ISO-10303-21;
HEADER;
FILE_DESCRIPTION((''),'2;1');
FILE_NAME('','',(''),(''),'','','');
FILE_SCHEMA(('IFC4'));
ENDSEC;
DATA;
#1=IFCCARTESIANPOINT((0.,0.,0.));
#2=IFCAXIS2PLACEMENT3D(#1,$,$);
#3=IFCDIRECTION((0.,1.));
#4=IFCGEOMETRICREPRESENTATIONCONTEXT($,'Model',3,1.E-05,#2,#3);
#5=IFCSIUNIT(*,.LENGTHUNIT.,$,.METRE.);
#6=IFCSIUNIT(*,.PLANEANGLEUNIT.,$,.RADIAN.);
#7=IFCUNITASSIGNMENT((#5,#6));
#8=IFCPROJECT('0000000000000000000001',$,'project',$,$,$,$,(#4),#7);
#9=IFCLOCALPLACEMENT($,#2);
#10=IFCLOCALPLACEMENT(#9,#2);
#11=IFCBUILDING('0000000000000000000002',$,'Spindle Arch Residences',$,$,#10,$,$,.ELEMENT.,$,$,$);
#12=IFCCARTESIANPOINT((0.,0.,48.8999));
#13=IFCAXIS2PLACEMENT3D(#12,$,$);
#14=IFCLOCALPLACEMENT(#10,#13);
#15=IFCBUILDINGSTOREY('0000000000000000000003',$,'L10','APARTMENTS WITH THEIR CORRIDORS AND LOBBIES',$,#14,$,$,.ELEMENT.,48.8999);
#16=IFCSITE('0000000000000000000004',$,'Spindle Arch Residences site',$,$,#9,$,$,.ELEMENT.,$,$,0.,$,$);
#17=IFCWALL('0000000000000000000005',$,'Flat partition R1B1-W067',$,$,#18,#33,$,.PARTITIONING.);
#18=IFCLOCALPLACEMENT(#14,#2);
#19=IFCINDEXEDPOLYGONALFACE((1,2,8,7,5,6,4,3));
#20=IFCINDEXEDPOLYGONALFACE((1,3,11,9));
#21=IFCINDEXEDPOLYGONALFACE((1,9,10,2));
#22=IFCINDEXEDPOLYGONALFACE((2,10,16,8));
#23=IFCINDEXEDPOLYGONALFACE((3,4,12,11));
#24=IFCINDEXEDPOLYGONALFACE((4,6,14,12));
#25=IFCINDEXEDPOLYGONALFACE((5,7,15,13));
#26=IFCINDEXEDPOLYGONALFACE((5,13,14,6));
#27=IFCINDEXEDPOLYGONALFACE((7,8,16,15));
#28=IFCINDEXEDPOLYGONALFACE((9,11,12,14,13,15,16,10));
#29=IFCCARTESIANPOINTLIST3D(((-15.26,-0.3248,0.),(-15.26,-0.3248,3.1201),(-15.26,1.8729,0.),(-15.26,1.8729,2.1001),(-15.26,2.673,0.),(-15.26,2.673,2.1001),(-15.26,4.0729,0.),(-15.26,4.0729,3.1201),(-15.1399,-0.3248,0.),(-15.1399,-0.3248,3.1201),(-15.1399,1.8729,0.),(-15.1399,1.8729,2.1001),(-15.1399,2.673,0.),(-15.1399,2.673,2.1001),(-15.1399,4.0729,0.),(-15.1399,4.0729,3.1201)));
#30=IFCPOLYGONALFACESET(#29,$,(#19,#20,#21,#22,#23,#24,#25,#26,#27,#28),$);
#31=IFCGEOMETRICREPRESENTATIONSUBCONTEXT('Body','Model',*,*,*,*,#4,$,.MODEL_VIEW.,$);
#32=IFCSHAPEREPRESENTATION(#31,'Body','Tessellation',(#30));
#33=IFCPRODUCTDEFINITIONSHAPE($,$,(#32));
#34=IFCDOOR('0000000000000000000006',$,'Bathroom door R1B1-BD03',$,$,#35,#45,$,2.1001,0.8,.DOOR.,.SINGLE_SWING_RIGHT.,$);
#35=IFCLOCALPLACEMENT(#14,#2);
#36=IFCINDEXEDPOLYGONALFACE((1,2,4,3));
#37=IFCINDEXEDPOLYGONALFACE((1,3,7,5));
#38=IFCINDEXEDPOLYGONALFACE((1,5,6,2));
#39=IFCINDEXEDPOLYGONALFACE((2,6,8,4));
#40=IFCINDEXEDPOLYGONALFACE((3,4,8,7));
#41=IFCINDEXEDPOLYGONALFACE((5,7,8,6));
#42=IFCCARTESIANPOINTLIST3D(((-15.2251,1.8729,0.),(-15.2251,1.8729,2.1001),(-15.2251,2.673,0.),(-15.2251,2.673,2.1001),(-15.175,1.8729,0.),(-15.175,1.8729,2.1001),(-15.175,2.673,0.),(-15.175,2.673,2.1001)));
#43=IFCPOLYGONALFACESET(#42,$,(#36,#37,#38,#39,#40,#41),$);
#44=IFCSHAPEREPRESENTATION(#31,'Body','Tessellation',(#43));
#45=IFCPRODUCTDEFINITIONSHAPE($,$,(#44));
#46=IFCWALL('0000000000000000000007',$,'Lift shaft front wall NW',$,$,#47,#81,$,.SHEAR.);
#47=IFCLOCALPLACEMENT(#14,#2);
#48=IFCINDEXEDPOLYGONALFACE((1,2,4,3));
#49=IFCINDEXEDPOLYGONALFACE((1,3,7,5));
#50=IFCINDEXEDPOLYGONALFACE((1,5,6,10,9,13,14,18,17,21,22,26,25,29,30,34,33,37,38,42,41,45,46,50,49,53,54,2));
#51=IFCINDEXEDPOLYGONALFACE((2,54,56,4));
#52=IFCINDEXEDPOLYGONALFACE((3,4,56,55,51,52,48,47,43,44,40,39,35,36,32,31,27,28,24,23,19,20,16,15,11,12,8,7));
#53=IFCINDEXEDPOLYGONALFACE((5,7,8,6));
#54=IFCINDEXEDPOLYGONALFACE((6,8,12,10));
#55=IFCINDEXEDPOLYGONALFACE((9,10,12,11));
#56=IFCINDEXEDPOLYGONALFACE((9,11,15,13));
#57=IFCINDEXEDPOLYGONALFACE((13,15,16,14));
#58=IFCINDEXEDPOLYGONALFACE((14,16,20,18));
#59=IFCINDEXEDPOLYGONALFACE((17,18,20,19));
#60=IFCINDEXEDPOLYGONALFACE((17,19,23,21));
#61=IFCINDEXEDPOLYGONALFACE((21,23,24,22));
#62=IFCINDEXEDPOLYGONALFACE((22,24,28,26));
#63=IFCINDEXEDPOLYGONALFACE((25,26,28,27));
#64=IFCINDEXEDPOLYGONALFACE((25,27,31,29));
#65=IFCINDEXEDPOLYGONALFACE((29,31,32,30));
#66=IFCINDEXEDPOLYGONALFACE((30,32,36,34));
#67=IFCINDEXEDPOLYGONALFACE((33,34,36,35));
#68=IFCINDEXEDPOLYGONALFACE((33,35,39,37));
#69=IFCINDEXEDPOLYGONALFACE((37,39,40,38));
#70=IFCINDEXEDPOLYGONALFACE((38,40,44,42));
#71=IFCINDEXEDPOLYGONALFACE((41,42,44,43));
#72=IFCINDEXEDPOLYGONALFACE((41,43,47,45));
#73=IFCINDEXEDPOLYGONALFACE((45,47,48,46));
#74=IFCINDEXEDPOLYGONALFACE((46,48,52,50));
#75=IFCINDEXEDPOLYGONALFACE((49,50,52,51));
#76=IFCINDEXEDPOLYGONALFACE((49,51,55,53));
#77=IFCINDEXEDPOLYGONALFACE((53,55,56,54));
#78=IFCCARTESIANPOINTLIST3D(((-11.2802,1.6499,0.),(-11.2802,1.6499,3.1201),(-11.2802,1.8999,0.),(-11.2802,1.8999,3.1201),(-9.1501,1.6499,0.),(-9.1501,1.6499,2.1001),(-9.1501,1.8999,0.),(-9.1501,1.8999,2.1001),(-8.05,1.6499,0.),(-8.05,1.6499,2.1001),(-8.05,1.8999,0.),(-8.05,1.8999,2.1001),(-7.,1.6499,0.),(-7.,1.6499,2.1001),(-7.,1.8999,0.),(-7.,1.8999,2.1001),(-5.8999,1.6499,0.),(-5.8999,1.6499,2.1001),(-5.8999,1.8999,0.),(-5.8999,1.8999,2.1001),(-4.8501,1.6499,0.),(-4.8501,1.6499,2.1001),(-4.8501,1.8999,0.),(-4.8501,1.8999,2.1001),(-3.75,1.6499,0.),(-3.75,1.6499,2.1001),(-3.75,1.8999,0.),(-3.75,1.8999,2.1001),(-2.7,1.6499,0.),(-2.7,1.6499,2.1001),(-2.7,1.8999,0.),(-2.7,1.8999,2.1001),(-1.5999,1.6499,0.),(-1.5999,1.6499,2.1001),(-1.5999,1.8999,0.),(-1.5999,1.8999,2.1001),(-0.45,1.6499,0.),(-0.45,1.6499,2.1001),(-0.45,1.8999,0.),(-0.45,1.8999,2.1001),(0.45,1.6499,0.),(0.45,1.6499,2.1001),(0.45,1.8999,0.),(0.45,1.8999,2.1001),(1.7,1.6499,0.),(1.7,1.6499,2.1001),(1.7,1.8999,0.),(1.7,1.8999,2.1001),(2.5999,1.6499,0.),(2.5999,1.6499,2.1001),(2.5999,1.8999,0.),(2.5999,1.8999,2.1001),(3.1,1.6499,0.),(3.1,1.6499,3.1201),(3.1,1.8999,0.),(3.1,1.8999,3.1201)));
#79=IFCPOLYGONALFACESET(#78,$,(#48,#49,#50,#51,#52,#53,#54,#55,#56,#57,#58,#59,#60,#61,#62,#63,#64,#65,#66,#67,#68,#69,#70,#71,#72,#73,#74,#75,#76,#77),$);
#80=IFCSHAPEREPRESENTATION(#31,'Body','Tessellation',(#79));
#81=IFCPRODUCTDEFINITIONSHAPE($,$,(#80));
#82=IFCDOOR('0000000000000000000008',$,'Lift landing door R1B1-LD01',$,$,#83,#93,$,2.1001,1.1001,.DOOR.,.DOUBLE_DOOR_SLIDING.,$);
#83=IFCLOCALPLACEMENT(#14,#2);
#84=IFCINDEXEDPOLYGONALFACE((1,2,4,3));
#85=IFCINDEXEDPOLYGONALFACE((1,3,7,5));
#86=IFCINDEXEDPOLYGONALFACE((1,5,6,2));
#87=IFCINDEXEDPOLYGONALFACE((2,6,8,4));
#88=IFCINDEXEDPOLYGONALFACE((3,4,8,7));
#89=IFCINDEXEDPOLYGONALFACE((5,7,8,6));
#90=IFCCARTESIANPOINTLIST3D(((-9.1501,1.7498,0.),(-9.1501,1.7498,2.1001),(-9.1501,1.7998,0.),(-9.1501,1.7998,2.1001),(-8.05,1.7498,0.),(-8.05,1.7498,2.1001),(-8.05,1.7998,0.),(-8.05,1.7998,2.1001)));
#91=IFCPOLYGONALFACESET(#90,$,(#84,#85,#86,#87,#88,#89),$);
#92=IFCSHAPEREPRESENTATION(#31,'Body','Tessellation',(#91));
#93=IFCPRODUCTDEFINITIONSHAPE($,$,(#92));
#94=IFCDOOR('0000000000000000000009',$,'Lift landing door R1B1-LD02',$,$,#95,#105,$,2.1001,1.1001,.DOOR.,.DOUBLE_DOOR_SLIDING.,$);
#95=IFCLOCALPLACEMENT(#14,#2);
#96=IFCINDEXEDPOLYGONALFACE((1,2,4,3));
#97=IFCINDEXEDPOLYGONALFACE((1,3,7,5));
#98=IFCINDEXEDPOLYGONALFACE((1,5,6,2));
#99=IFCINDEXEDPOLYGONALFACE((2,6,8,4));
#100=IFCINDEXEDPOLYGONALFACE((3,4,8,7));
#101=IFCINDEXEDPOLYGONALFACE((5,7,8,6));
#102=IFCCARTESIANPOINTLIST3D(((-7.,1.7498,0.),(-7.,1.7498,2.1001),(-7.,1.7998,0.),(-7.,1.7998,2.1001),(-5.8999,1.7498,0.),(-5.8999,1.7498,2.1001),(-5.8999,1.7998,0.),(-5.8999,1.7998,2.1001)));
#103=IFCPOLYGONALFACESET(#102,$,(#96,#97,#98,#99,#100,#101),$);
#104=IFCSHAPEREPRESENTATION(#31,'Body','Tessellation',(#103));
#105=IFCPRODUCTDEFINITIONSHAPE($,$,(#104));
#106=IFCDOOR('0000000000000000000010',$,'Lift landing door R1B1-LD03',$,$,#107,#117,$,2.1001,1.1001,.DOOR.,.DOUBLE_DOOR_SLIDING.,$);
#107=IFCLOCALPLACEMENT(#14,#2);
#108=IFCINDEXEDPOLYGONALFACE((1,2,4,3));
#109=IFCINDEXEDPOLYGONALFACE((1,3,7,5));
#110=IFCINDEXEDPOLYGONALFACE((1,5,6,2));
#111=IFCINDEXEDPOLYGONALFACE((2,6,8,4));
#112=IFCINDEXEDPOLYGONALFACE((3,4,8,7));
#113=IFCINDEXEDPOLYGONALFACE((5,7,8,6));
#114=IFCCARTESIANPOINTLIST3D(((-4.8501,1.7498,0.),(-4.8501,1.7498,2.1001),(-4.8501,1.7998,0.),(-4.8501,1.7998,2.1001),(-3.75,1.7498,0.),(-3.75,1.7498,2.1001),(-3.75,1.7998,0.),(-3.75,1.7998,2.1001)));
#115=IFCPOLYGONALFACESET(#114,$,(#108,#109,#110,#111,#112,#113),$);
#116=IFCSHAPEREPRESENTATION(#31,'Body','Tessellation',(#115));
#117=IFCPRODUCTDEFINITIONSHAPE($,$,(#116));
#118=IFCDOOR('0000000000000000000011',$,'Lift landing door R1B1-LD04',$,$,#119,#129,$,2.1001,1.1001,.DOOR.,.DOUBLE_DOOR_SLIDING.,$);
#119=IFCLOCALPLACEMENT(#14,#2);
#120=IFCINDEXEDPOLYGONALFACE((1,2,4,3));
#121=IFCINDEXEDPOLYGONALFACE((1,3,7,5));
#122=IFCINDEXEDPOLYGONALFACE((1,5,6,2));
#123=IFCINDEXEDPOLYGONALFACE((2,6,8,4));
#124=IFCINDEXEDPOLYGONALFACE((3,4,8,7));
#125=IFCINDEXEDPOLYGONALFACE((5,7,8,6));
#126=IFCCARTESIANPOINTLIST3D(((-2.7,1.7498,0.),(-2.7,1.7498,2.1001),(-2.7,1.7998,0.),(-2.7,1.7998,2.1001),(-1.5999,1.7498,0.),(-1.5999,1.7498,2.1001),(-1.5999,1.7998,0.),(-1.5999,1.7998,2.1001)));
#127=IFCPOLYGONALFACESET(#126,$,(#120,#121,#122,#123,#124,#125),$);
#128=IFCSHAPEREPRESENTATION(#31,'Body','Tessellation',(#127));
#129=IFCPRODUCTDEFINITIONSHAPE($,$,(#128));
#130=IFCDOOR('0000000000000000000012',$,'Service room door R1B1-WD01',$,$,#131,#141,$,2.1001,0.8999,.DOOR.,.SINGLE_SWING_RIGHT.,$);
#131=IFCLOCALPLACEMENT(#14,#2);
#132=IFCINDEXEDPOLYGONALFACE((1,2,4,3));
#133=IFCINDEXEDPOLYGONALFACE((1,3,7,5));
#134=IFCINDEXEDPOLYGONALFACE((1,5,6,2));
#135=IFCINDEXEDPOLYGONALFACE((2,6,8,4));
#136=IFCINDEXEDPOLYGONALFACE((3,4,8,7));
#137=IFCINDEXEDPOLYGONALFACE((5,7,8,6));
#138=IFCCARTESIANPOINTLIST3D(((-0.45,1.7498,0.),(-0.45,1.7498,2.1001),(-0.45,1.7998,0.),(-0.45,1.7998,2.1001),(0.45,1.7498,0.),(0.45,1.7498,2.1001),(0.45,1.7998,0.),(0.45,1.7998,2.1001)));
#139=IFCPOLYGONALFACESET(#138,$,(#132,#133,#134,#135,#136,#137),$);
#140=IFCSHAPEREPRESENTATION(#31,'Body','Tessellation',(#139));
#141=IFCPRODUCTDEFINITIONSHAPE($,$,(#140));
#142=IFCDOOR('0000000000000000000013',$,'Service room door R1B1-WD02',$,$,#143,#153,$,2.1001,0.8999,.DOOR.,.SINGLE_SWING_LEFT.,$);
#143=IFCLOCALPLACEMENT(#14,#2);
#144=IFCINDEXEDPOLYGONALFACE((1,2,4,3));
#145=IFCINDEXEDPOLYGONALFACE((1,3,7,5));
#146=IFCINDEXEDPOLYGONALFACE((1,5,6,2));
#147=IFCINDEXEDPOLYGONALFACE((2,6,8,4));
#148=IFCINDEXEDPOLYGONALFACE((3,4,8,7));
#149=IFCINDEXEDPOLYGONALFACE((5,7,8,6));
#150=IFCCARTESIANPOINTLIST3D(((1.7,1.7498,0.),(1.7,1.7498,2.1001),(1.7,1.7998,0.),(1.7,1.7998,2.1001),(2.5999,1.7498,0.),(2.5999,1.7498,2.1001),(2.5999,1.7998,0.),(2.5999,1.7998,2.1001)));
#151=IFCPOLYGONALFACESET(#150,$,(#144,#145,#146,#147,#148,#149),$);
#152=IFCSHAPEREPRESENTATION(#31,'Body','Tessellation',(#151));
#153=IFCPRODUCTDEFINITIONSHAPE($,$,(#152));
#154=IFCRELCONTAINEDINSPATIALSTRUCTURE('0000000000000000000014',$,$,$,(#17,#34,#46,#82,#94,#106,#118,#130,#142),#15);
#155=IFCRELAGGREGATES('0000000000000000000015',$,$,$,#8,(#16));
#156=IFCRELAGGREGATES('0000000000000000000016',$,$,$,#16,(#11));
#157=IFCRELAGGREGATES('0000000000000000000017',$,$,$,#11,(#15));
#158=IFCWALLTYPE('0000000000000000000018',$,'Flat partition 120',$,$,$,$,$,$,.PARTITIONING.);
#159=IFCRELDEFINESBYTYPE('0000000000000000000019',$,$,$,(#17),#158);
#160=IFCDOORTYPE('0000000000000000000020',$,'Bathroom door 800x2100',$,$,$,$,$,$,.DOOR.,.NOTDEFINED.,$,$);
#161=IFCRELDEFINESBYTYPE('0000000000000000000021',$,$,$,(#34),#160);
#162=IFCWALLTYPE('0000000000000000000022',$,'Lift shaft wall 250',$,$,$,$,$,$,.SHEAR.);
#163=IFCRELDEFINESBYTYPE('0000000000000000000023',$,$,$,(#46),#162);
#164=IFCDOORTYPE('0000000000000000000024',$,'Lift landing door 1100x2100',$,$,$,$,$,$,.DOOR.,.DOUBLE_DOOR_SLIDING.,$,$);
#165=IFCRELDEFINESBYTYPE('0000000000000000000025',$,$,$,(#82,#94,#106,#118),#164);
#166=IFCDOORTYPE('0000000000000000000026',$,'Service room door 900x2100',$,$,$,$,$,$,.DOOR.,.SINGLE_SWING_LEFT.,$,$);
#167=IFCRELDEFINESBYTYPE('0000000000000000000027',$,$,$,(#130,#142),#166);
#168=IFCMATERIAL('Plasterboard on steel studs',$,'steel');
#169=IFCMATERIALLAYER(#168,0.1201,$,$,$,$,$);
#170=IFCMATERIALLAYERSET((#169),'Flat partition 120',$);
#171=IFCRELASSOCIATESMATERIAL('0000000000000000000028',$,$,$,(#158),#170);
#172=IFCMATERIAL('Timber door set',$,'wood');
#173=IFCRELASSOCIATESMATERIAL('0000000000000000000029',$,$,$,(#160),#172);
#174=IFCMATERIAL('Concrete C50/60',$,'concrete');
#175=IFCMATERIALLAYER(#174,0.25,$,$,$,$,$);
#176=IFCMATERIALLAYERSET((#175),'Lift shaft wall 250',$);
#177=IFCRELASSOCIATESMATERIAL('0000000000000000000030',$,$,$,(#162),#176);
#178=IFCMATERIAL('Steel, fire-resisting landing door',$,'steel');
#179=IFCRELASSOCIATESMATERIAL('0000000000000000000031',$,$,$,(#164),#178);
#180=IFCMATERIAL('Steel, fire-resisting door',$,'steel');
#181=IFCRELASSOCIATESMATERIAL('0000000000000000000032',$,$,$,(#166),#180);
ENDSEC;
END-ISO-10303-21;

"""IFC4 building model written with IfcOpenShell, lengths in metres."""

from ifc_helpers import new_model, si_unit, direction, frame, frame_2d, origin, place, context, subcontext, project, spatial, rectangle, extrude, material, layer, layer_set, type_object, element, fill, save


model = new_model("IFC4")

# Units and contexts
model_context = context("Model", 3, precision=1e-05, world=origin(), true_north=direction((0.0, 1.0)))
body_context = subcontext(model_context, "Body", "Model", "MODEL_VIEW")
ifc_project = project(units=[si_unit("LENGTHUNIT", "METRE"), si_unit("PLANEANGLEUNIT", "RADIAN")], contexts=[model_context])

# Site, building, storey
site_placement = place(None, origin())
site = spatial("IfcSite", under=ifc_project, at=site_placement, Name="Spindle Arch Residences site", CompositionType="ELEMENT", RefElevation=0.0)
building_placement = place(site_placement, origin())
building = spatial("IfcBuilding", under=site, at=building_placement, Name="Spindle Arch Residences", CompositionType="ELEMENT")
storey_placement = place(building_placement, frame((0.0, 0.0, 48.8999)))
storey = spatial("IfcBuildingStorey", under=building, at=storey_placement, Name="L10", Description="APARTMENTS WITH THEIR CORRIDORS AND LOBBIES", CompositionType="ELEMENT", Elevation=48.8999)

# Shared definitions
ifc_material_1 = material(Name="Plasterboard on steel studs", Category="steel")
ifc_layer_1 = layer(ifc_material_1, 0.1201)
ifc_layer_set_1 = layer_set([ifc_layer_1], Name="Flat partition 120")
wall_type_1 = type_object("IfcWallType", Name="Flat partition 120", PredefinedType="PARTITIONING", material=ifc_layer_set_1)

# Wall, opening, door
wall_1_placement = place(storey_placement, frame((-15.2, 4.0728, 0.0), z_axis=(0.0, 0.0, 1.0), x_axis=(0.0, -1.0, 0.0)))
wall_1 = element("IfcWall", 1, at=wall_1_placement, inside=storey, type_object=wall_type_1, Name="Flat partition R1B1-W067", PredefinedType="PARTITIONING", context=body_context, shape_type="SweptSolid", body=[
    extrude(rectangle(XDim=4.3977, YDim=0.1201, at=frame_2d((2.1987, 0.0))), origin(), (0.0, 0.0, 1.0), 3.1201),
])
opening_1_placement = place(wall_1_placement, frame((1.3999, 0.0, 0.0)))
opening_1 = element("IfcOpeningElement", 2, at=opening_1_placement, cuts=wall_1, PredefinedType="OPENING", context=body_context, shape_type="SweptSolid", body=[
    extrude(rectangle(XDim=0.8, YDim=2.1001, at=frame_2d((0.3999, 1.05))), frame((0.0, 0.0701, 0.0), z_axis=(0.0, -1.0, 0.0), x_axis=(1.0, 0.0, 0.0)), (0.0, 0.0, 1.0), 0.1401),
])
ifc_material_2 = material(Name="Timber door set", Category="wood")
door_type_1 = type_object("IfcDoorType", Name="Bathroom door 800x2100", OperationType="NOTDEFINED", PredefinedType="DOOR", material=ifc_material_2)
door_1_placement = place(opening_1_placement, origin())
door_1 = element("IfcDoor", 3, at=door_1_placement, inside=storey, type_object=door_type_1, Name="Bathroom door R1B1-BD03", OperationType="SINGLE_SWING_RIGHT", OverallHeight=2.1001, OverallWidth=0.8, PredefinedType="DOOR", context=body_context, shape_type="SweptSolid", body=[
    extrude(rectangle(XDim=0.8, YDim=2.1001, at=frame_2d((0.3999, 1.05))), frame((0.0, 0.0249, 0.0), z_axis=(0.0, -1.0, 0.0), x_axis=(1.0, 0.0, 0.0)), (0.0, 0.0, 1.0), 0.05),
])
fill(opening_1, door_1)

# Wall, openings, doors
ifc_material_3 = material(Name="Concrete C50/60", Category="concrete")
ifc_layer_2 = layer(ifc_material_3, 0.25)
ifc_layer_set_2 = layer_set([ifc_layer_2], Name="Lift shaft wall 250")
wall_type_2 = type_object("IfcWallType", Name="Lift shaft wall 250", PredefinedType="SHEAR", material=ifc_layer_set_2)
wall_2_placement = place(storey_placement, frame((-11.28, 1.7749, 0.0), z_axis=(0.0, 0.0, 1.0), x_axis=(1.0, 0.0, 0.0)))
wall_2 = element("IfcWall", 4, at=wall_2_placement, inside=storey, type_object=wall_type_2, Name="Lift shaft front wall NW", PredefinedType="SHEAR", context=body_context, shape_type="SweptSolid", body=[
    extrude(rectangle(XDim=14.3801, YDim=0.25, at=frame_2d((7.1899, 0.0))), origin(), (0.0, 0.0, 1.0), 3.1201),
])
opening_2_placement = place(wall_2_placement, frame((2.1299, 0.0, 0.0)))
opening_2 = element("IfcOpeningElement", 5, at=opening_2_placement, cuts=wall_2, PredefinedType="OPENING", context=body_context, shape_type="SweptSolid", body=[
    extrude(rectangle(XDim=1.1001, YDim=2.1001, at=frame_2d((0.55, 1.05))), frame((0.0, 0.135, 0.0), z_axis=(0.0, -1.0, 0.0), x_axis=(1.0, 0.0, 0.0)), (0.0, 0.0, 1.0), 0.27),
])
opening_3_placement = place(wall_2_placement, frame((4.28, 0.0, 0.0)))
opening_3 = element("IfcOpeningElement", 6, at=opening_3_placement, cuts=wall_2, PredefinedType="OPENING", context=body_context, shape_type="SweptSolid", body=[
    extrude(rectangle(XDim=1.1001, YDim=2.1001, at=frame_2d((0.55, 1.05))), frame((0.0, 0.135, 0.0), z_axis=(0.0, -1.0, 0.0), x_axis=(1.0, 0.0, 0.0)), (0.0, 0.0, 1.0), 0.27),
])
opening_4_placement = place(wall_2_placement, frame((6.4299, 0.0, 0.0)))
opening_4 = element("IfcOpeningElement", 7, at=opening_4_placement, cuts=wall_2, PredefinedType="OPENING", context=body_context, shape_type="SweptSolid", body=[
    extrude(rectangle(XDim=1.1001, YDim=2.1001, at=frame_2d((0.55, 1.05))), frame((0.0, 0.135, 0.0), z_axis=(0.0, -1.0, 0.0), x_axis=(1.0, 0.0, 0.0)), (0.0, 0.0, 1.0), 0.27),
])
opening_5_placement = place(wall_2_placement, frame((8.5801, 0.0, 0.0)))
opening_5 = element("IfcOpeningElement", 8, at=opening_5_placement, cuts=wall_2, PredefinedType="OPENING", context=body_context, shape_type="SweptSolid", body=[
    extrude(rectangle(XDim=1.1001, YDim=2.1001, at=frame_2d((0.55, 1.05))), frame((0.0, 0.135, 0.0), z_axis=(0.0, -1.0, 0.0), x_axis=(1.0, 0.0, 0.0)), (0.0, 0.0, 1.0), 0.27),
])
opening_6_placement = place(wall_2_placement, frame((10.8301, 0.0, 0.0)))
opening_6 = element("IfcOpeningElement", 9, at=opening_6_placement, cuts=wall_2, PredefinedType="OPENING", context=body_context, shape_type="SweptSolid", body=[
    extrude(rectangle(XDim=0.8999, YDim=2.1001, at=frame_2d((0.45, 1.05))), frame((0.0, 0.135, 0.0), z_axis=(0.0, -1.0, 0.0), x_axis=(1.0, 0.0, 0.0)), (0.0, 0.0, 1.0), 0.27),
])
opening_7_placement = place(wall_2_placement, frame((12.98, 0.0, 0.0)))
opening_7 = element("IfcOpeningElement", 10, at=opening_7_placement, cuts=wall_2, PredefinedType="OPENING", context=body_context, shape_type="SweptSolid", body=[
    extrude(rectangle(XDim=0.8999, YDim=2.1001, at=frame_2d((0.45, 1.05))), frame((0.0, 0.135, 0.0), z_axis=(0.0, -1.0, 0.0), x_axis=(1.0, 0.0, 0.0)), (0.0, 0.0, 1.0), 0.27),
])
ifc_material_4 = material(Name="Steel, fire-resisting landing door", Category="steel")
door_type_2 = type_object("IfcDoorType", Name="Lift landing door 1100x2100", OperationType="DOUBLE_DOOR_SLIDING", PredefinedType="DOOR", material=ifc_material_4)
door_2_placement = place(opening_2_placement, origin())
door_2 = element("IfcDoor", 11, at=door_2_placement, inside=storey, type_object=door_type_2, Name="Lift landing door R1B1-LD01", OperationType="DOUBLE_DOOR_SLIDING", OverallHeight=2.1001, OverallWidth=1.1001, PredefinedType="DOOR", context=body_context, shape_type="SweptSolid", body=[
    extrude(rectangle(XDim=1.1001, YDim=2.1001, at=frame_2d((0.55, 1.05))), frame((0.0, 0.0249, 0.0), z_axis=(0.0, -1.0, 0.0), x_axis=(1.0, 0.0, 0.0)), (0.0, 0.0, 1.0), 0.05),
])
fill(opening_2, door_2)
door_3_placement = place(opening_3_placement, origin())
door_3 = element("IfcDoor", 12, at=door_3_placement, inside=storey, type_object=door_type_2, Name="Lift landing door R1B1-LD02", OperationType="DOUBLE_DOOR_SLIDING", OverallHeight=2.1001, OverallWidth=1.1001, PredefinedType="DOOR", context=body_context, shape_type="SweptSolid", body=[
    extrude(rectangle(XDim=1.1001, YDim=2.1001, at=frame_2d((0.55, 1.05))), frame((0.0, 0.0249, 0.0), z_axis=(0.0, -1.0, 0.0), x_axis=(1.0, 0.0, 0.0)), (0.0, 0.0, 1.0), 0.05),
])
fill(opening_3, door_3)
door_4_placement = place(opening_4_placement, origin())
door_4 = element("IfcDoor", 13, at=door_4_placement, inside=storey, type_object=door_type_2, Name="Lift landing door R1B1-LD03", OperationType="DOUBLE_DOOR_SLIDING", OverallHeight=2.1001, OverallWidth=1.1001, PredefinedType="DOOR", context=body_context, shape_type="SweptSolid", body=[
    extrude(rectangle(XDim=1.1001, YDim=2.1001, at=frame_2d((0.55, 1.05))), frame((0.0, 0.0249, 0.0), z_axis=(0.0, -1.0, 0.0), x_axis=(1.0, 0.0, 0.0)), (0.0, 0.0, 1.0), 0.05),
])
fill(opening_4, door_4)
door_5_placement = place(opening_5_placement, origin())
door_5 = element("IfcDoor", 14, at=door_5_placement, inside=storey, type_object=door_type_2, Name="Lift landing door R1B1-LD04", OperationType="DOUBLE_DOOR_SLIDING", OverallHeight=2.1001, OverallWidth=1.1001, PredefinedType="DOOR", context=body_context, shape_type="SweptSolid", body=[
    extrude(rectangle(XDim=1.1001, YDim=2.1001, at=frame_2d((0.55, 1.05))), frame((0.0, 0.0249, 0.0), z_axis=(0.0, -1.0, 0.0), x_axis=(1.0, 0.0, 0.0)), (0.0, 0.0, 1.0), 0.05),
])
fill(opening_5, door_5)
ifc_material_5 = material(Name="Steel, fire-resisting door", Category="steel")
door_type_3 = type_object("IfcDoorType", Name="Service room door 900x2100", OperationType="SINGLE_SWING_LEFT", PredefinedType="DOOR", material=ifc_material_5)
door_6_placement = place(opening_6_placement, origin())
door_6 = element("IfcDoor", 15, at=door_6_placement, inside=storey, type_object=door_type_3, Name="Service room door R1B1-WD01", OperationType="SINGLE_SWING_RIGHT", OverallHeight=2.1001, OverallWidth=0.8999, PredefinedType="DOOR", context=body_context, shape_type="SweptSolid", body=[
    extrude(rectangle(XDim=0.8999, YDim=2.1001, at=frame_2d((0.45, 1.05))), frame((0.0, 0.0249, 0.0), z_axis=(0.0, -1.0, 0.0), x_axis=(1.0, 0.0, 0.0)), (0.0, 0.0, 1.0), 0.05),
])
fill(opening_6, door_6)
door_7_placement = place(opening_7_placement, origin())
door_7 = element("IfcDoor", 16, at=door_7_placement, inside=storey, type_object=door_type_3, Name="Service room door R1B1-WD02", OperationType="SINGLE_SWING_LEFT", OverallHeight=2.1001, OverallWidth=0.8999, PredefinedType="DOOR", context=body_context, shape_type="SweptSolid", body=[
    extrude(rectangle(XDim=0.8999, YDim=2.1001, at=frame_2d((0.45, 1.05))), frame((0.0, 0.0249, 0.0), z_axis=(0.0, -1.0, 0.0), x_axis=(1.0, 0.0, 0.0)), (0.0, 0.0, 1.0), 0.05),
])
fill(opening_7, door_7)

save(model, "model.ifc")
